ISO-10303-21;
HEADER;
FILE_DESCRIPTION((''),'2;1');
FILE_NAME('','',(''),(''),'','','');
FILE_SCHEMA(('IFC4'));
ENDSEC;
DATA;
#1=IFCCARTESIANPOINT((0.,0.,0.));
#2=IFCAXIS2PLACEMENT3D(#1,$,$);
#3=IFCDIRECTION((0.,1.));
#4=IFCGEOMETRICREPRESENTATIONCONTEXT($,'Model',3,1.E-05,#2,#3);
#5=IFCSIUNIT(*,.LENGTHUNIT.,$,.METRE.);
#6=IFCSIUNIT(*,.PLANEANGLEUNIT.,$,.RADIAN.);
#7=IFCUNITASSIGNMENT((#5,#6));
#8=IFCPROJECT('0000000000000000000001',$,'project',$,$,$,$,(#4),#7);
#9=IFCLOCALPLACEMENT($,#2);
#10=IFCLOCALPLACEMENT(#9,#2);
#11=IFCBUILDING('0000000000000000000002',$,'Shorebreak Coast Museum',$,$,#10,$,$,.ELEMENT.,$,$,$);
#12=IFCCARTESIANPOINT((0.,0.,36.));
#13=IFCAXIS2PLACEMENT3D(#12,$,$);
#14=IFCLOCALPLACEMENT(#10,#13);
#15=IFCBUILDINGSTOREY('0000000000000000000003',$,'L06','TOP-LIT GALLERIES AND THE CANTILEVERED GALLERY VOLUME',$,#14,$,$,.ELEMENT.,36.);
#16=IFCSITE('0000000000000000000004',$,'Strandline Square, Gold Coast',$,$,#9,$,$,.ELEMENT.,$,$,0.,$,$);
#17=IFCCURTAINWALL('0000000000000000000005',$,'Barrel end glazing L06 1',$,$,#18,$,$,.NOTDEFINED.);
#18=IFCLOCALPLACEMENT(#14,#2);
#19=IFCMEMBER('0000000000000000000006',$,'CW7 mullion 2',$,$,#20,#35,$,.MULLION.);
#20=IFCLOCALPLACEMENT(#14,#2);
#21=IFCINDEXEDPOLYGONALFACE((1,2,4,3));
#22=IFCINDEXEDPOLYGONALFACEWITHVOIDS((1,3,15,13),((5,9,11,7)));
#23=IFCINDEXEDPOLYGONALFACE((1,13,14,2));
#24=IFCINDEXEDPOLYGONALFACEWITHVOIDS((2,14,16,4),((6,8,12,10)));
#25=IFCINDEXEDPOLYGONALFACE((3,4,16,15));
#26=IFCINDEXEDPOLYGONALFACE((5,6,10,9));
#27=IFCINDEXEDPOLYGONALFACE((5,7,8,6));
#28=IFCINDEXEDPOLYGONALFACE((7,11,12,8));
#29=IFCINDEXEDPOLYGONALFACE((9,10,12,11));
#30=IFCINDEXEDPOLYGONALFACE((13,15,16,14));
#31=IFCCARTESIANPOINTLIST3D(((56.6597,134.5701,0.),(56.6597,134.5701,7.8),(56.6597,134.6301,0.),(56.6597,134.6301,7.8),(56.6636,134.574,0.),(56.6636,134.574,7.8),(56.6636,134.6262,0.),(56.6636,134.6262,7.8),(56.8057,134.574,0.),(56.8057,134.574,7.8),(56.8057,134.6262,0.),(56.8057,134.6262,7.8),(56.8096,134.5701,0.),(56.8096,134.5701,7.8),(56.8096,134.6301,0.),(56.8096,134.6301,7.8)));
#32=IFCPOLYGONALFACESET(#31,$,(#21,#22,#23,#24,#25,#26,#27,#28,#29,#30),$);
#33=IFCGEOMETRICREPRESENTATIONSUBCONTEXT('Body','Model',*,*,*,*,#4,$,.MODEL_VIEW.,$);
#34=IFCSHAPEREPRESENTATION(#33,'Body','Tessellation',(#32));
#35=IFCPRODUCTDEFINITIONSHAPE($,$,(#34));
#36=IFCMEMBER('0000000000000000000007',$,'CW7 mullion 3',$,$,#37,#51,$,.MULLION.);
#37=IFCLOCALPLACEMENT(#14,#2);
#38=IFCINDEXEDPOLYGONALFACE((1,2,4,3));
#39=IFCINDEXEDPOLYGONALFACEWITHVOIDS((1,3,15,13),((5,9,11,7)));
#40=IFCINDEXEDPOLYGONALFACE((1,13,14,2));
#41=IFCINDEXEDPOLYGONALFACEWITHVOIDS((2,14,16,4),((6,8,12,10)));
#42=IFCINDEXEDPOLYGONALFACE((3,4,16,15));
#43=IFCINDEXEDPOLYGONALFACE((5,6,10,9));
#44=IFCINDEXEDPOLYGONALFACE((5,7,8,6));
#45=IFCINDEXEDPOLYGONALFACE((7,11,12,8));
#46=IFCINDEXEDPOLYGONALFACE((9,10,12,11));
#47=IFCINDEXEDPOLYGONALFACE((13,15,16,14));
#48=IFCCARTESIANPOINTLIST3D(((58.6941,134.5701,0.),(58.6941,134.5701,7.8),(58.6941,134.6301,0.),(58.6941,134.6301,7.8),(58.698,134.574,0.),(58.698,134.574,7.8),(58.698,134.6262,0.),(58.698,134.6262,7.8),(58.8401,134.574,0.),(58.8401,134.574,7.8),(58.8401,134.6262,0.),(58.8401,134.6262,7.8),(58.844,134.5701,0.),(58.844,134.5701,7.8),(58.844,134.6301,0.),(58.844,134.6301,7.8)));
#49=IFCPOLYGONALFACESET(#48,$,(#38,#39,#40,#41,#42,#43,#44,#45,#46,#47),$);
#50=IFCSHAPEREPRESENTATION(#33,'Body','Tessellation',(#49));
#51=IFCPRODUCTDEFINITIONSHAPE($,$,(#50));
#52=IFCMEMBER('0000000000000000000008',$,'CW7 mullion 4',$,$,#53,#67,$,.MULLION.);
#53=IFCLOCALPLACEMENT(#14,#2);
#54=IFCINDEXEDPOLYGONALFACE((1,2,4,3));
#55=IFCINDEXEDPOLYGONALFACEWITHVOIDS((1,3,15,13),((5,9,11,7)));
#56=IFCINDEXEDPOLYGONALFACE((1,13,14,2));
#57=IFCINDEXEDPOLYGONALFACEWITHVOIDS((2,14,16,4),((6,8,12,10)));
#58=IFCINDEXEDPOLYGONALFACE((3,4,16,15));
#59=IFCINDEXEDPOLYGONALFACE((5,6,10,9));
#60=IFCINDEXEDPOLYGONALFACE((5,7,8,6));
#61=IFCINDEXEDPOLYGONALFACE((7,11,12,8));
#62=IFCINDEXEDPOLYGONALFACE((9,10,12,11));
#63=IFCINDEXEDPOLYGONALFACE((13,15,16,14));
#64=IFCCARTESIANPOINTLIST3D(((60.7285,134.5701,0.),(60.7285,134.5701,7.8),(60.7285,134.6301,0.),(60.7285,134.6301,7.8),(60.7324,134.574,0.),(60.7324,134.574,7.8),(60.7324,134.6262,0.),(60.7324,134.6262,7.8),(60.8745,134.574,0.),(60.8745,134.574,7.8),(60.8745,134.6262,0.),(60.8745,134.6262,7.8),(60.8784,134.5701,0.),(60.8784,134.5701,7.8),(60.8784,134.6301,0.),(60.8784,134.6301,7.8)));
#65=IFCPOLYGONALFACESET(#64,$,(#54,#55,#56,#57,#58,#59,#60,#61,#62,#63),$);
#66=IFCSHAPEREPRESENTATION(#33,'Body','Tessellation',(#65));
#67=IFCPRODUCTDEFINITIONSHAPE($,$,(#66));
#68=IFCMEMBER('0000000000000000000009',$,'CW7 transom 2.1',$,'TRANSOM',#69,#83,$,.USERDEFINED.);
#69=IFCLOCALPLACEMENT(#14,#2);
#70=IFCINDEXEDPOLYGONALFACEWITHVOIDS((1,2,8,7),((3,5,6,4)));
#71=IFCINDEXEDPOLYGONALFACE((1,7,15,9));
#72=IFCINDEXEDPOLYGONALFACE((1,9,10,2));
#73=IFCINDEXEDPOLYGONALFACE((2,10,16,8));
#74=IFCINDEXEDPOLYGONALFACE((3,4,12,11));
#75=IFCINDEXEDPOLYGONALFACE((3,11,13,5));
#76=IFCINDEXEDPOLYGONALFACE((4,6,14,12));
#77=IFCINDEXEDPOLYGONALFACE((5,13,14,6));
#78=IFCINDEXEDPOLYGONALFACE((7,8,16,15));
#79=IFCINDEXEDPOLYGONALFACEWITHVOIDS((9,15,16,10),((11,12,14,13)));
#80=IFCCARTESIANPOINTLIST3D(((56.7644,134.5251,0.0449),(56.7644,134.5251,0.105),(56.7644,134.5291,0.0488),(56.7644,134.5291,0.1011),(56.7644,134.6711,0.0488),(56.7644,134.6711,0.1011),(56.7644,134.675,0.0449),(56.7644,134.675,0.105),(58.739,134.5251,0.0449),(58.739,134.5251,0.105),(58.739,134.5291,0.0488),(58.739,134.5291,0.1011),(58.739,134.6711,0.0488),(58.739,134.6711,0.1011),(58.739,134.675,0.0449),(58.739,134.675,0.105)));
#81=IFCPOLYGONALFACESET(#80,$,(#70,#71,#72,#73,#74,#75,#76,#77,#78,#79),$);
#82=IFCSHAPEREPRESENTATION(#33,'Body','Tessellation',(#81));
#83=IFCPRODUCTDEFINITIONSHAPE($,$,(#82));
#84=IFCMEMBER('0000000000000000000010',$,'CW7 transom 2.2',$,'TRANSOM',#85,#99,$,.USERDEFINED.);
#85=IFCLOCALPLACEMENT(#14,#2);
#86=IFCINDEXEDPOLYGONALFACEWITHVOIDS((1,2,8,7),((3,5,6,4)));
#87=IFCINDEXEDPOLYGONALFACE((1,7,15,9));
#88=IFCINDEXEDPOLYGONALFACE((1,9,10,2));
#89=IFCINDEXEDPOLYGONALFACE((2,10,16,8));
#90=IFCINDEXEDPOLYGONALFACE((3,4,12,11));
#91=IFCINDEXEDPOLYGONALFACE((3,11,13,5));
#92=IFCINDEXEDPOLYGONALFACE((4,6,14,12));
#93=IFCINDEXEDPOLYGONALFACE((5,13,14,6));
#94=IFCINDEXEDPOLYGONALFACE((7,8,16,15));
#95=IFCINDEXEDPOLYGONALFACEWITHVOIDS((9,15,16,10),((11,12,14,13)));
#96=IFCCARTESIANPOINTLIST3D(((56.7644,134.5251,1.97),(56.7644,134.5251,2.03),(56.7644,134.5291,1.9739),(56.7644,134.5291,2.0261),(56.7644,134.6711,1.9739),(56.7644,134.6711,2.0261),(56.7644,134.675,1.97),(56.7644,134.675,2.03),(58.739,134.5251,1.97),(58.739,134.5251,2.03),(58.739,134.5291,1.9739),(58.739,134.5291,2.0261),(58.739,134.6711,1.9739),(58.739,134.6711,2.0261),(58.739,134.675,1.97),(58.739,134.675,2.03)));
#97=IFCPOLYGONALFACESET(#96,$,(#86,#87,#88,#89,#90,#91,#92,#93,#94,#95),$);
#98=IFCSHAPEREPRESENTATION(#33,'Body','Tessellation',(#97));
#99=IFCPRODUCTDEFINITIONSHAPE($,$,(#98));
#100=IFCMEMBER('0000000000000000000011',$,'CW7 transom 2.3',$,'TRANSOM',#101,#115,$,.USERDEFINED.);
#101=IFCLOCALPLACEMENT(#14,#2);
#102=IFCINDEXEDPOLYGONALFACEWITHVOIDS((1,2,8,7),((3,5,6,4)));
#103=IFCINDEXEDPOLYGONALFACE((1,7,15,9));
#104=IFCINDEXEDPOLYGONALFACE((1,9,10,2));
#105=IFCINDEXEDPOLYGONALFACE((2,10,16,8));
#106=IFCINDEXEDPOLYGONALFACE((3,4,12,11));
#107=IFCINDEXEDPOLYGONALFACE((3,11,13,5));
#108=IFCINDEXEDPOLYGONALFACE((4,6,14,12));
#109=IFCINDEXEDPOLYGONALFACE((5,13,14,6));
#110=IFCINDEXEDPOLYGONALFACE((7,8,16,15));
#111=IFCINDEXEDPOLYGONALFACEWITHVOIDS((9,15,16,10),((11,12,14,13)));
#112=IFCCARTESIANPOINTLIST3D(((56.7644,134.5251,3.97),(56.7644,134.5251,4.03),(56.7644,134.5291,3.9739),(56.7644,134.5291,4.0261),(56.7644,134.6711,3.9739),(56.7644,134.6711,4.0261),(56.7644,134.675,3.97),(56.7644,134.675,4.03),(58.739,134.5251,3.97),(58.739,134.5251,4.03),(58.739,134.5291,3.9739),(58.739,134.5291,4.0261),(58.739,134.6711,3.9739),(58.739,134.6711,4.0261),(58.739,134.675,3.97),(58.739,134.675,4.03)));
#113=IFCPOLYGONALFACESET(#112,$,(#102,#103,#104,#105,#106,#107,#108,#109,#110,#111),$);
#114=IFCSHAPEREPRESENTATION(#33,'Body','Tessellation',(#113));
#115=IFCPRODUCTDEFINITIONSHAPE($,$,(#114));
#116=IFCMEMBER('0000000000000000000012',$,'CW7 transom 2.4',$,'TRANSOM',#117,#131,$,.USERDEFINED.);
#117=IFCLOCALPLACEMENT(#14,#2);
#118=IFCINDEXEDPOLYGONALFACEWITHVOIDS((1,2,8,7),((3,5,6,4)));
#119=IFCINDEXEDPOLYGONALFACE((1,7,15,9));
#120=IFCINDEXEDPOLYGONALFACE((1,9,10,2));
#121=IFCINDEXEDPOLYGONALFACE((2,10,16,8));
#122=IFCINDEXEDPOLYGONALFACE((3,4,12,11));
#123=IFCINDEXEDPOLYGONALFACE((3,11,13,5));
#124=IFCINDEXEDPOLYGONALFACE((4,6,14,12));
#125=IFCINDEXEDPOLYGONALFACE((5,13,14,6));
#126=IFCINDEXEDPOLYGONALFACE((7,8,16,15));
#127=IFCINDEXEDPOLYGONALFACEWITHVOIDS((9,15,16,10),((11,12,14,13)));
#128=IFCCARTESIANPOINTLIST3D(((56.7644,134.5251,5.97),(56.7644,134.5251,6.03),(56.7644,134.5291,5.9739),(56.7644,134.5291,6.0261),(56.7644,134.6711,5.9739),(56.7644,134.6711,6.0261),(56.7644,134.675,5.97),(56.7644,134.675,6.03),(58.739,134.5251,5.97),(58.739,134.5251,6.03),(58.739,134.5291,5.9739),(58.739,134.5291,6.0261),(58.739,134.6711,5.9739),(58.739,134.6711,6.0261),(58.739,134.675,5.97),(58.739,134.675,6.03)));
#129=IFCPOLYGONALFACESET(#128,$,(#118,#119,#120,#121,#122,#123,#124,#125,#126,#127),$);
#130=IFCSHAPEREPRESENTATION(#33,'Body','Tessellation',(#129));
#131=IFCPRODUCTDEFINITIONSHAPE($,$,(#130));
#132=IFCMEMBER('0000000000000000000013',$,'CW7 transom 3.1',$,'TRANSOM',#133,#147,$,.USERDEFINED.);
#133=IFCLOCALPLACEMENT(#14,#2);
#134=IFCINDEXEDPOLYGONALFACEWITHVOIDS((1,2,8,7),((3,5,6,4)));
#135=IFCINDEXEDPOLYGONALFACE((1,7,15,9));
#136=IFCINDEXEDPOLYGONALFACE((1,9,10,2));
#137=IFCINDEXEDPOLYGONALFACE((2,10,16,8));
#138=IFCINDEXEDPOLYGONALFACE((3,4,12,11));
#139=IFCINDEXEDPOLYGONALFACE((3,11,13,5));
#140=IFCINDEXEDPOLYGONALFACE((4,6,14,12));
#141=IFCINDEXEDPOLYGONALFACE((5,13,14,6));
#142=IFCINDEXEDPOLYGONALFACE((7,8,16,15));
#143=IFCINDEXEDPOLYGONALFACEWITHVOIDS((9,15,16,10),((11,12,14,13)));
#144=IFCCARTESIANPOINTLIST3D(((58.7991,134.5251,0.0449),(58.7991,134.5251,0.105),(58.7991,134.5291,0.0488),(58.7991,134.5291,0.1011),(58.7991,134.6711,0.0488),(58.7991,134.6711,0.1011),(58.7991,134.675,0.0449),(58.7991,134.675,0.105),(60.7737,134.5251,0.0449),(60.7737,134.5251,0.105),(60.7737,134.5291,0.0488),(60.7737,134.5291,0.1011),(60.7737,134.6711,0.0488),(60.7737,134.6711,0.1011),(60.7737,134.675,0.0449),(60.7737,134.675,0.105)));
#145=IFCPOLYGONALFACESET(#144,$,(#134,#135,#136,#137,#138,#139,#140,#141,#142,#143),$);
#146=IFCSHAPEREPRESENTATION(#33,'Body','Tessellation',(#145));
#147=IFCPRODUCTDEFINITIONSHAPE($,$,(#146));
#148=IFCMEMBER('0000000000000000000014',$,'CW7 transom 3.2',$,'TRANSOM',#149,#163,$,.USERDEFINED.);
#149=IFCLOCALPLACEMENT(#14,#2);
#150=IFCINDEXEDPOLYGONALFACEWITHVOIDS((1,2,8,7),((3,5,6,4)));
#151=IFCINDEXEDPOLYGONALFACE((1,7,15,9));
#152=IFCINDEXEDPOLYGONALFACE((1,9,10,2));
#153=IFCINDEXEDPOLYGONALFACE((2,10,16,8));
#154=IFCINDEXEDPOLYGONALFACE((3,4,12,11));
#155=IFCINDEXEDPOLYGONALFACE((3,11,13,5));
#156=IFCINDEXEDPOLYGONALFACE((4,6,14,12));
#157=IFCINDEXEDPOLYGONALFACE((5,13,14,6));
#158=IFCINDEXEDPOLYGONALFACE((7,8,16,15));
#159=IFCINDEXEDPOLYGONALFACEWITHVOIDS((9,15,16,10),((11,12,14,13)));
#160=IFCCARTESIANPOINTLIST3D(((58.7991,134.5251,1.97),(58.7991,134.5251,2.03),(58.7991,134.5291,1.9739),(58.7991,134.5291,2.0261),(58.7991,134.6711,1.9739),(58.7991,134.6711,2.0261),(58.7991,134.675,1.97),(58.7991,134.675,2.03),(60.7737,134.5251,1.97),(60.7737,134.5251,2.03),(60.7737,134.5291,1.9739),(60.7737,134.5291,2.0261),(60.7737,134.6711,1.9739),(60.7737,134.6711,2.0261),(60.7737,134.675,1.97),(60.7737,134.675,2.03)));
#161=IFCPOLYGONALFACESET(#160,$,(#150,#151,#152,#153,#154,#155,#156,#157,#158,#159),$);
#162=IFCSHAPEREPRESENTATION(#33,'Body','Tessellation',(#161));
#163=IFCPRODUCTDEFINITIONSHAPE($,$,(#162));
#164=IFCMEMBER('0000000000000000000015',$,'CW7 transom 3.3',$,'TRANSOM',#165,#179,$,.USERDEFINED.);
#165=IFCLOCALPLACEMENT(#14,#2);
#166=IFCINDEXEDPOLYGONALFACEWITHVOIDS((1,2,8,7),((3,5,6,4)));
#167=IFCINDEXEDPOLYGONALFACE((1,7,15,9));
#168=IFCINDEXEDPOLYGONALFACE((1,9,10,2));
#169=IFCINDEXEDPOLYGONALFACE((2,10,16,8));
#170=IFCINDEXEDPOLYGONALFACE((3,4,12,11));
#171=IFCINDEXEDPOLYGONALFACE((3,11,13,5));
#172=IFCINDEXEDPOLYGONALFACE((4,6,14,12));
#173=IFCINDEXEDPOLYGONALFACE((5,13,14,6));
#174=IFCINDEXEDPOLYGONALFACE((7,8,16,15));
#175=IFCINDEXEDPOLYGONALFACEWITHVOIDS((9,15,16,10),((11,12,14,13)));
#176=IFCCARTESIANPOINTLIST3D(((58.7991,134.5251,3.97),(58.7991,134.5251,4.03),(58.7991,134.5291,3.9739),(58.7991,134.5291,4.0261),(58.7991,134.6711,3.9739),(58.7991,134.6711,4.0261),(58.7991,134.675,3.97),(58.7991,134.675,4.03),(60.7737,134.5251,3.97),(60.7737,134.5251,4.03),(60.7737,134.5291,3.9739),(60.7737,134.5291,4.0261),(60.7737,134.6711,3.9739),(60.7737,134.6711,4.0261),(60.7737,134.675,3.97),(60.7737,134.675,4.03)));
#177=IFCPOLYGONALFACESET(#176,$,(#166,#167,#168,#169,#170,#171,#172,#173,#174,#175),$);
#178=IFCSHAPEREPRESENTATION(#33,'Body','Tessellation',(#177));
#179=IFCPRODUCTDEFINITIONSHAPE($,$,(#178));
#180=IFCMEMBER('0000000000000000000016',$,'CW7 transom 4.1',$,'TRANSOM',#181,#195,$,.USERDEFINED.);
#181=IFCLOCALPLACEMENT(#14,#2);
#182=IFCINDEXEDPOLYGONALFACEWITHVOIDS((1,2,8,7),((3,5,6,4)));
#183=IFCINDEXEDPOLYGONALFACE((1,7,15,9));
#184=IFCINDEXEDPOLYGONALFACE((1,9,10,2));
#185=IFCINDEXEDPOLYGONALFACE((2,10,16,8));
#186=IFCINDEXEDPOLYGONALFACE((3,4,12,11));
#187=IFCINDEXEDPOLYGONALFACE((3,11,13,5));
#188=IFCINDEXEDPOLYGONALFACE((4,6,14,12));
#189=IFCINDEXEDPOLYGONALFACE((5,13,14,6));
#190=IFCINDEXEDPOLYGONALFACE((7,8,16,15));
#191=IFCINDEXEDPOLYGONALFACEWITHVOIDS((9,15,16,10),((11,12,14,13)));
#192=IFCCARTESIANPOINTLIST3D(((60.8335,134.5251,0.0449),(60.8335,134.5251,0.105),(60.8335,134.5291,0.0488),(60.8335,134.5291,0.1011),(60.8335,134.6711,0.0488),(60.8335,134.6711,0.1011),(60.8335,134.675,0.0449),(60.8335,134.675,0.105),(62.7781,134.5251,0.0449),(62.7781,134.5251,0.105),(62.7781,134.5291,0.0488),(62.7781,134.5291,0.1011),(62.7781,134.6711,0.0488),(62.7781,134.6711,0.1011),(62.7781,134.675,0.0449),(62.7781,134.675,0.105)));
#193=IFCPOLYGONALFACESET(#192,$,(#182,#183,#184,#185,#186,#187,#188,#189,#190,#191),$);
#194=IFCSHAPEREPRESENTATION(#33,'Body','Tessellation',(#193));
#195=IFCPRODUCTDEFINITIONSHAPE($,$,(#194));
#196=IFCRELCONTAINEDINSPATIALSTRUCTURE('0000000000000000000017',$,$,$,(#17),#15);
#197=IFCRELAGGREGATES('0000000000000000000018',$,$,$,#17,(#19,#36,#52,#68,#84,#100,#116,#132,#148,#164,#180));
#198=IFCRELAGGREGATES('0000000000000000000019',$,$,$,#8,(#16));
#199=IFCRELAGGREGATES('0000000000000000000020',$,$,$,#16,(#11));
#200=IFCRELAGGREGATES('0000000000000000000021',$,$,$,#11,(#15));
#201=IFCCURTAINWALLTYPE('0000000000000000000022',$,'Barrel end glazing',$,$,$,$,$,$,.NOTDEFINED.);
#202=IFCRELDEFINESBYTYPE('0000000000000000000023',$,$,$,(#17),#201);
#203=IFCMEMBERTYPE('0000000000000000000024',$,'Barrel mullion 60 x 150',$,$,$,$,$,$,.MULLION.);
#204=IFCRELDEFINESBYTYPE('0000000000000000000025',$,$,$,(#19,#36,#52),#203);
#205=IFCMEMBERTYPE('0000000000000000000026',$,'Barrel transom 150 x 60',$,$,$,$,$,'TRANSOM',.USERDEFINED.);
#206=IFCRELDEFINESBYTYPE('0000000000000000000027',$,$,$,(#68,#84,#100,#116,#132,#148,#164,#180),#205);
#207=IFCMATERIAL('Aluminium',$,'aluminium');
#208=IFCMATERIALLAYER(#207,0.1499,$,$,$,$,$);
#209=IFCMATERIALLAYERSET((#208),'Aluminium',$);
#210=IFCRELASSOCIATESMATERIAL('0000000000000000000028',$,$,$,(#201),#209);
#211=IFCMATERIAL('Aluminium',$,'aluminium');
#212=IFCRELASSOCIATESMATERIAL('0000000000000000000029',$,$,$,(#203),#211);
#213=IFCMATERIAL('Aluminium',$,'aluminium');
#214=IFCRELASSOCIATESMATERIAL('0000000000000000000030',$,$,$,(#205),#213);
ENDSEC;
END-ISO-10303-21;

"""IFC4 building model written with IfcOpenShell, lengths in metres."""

from ifc_helpers import new_model, si_unit, direction, frame, origin, origin_2d, place, context, subcontext, project, spatial, hollow_rectangle, extrude, material, layer, layer_set, material_profile, profile_set, type_object, element, aggregate, save


model = new_model("IFC4")

# Units and contexts
model_context = context("Model", 3, precision=1e-05, world=origin(), true_north=direction((0.0, 1.0)))
body_context = subcontext(model_context, "Body", "Model", "MODEL_VIEW")
ifc_project = project(units=[si_unit("LENGTHUNIT", "METRE"), si_unit("PLANEANGLEUNIT", "RADIAN")], contexts=[model_context])

# Site, building, storey
site_placement = place(None, origin())
site = spatial("IfcSite", under=ifc_project, at=site_placement, Name="Strandline Square, Gold Coast", CompositionType="ELEMENT", RefElevation=0.0)
building_placement = place(site_placement, origin())
building = spatial("IfcBuilding", under=site, at=building_placement, Name="Shorebreak Coast Museum", CompositionType="ELEMENT")
storey_placement = place(building_placement, frame((0.0, 0.0, 36.0)))
storey = spatial("IfcBuildingStorey", under=building, at=storey_placement, Name="L06", Description="TOP-LIT GALLERIES AND THE CANTILEVERED GALLERY VOLUME", CompositionType="ELEMENT", Elevation=36.0)

# Curtain wall, members
ifc_material_1 = material(Name="Aluminium", Category="aluminium")
ifc_layer_1 = layer(ifc_material_1, 0.1499)
ifc_layer_set_1 = layer_set([ifc_layer_1], Name="Aluminium")
curtain_wall_type = type_object("IfcCurtainWallType", Name="Barrel end glazing", PredefinedType="NOTDEFINED", material=ifc_layer_set_1)
curtain_wall_placement = place(storey_placement, origin())
curtain_wall = element("IfcCurtainWall", 1, at=curtain_wall_placement, inside=storey, type_object=curtain_wall_type, Name="Barrel end glazing L06 1", PredefinedType="NOTDEFINED")
ifc_material_2 = material(Name="Aluminium", Category="aluminium")
ifc_material_profile_1 = material_profile(ifc_material_2, hollow_rectangle(XDim=0.0601, YDim=0.1499, WallThickness=0.0039, at=origin_2d()), Name="AL 150x60 RHS")
ifc_profile_set_1 = profile_set([ifc_material_profile_1], Name="Aluminium")
member_type_1 = type_object("IfcMemberType", Name="Barrel mullion 60 x 150", PredefinedType="MULLION", material=ifc_profile_set_1)
member_1_placement = place(storey_placement, frame((56.7346, 134.6001, 0.0), z_axis=(0.0, 0.0, 1.0), x_axis=(0.0, 1.0, 0.0)))
member_1 = element("IfcMember", 2, at=member_1_placement, type_object=member_type_1, Name="CW7 mullion 2", PredefinedType="MULLION", context=body_context, shape_type="SweptSolid", body=[
    extrude(hollow_rectangle(XDim=0.0601, YDim=0.1499, WallThickness=0.0039, at=origin_2d()), origin(), (0.0, 0.0, 1.0), 7.8),
])
member_2_placement = place(storey_placement, frame((58.769, 134.6001, 0.0), z_axis=(0.0, 0.0, 1.0), x_axis=(0.0, 1.0, 0.0)))
member_2 = element("IfcMember", 3, at=member_2_placement, type_object=member_type_1, Name="CW7 mullion 3", PredefinedType="MULLION", context=body_context, shape_type="SweptSolid", body=[
    extrude(hollow_rectangle(XDim=0.0601, YDim=0.1499, WallThickness=0.0039, at=origin_2d()), origin(), (0.0, 0.0, 1.0), 7.8),
])
member_3_placement = place(storey_placement, frame((60.8035, 134.6001, 0.0), z_axis=(0.0, 0.0, 1.0), x_axis=(0.0, 1.0, 0.0)))
member_3 = element("IfcMember", 4, at=member_3_placement, type_object=member_type_1, Name="CW7 mullion 4", PredefinedType="MULLION", context=body_context, shape_type="SweptSolid", body=[
    extrude(hollow_rectangle(XDim=0.0601, YDim=0.1499, WallThickness=0.0039, at=origin_2d()), origin(), (0.0, 0.0, 1.0), 7.8),
])
ifc_material_3 = material(Name="Aluminium", Category="aluminium")
ifc_material_profile_2 = material_profile(ifc_material_3, hollow_rectangle(XDim=0.1499, YDim=0.0601, WallThickness=0.0039, at=origin_2d()), Name="AL 60x150 RHS")
ifc_profile_set_2 = profile_set([ifc_material_profile_2], Name="Aluminium")
member_type_2 = type_object("IfcMemberType", Name="Barrel transom 150 x 60", ElementType="TRANSOM", PredefinedType="USERDEFINED", material=ifc_profile_set_2)
member_4_placement = place(storey_placement, frame((56.7644, 134.6001, 0.075), z_axis=(1.0, 0.0, 0.0), x_axis=(0.0, 1.0, 0.0)))
member_4 = element("IfcMember", 5, at=member_4_placement, type_object=member_type_2, Name="CW7 transom 2.1", ObjectType="TRANSOM", PredefinedType="USERDEFINED", context=body_context, shape_type="SweptSolid", body=[
    extrude(hollow_rectangle(XDim=0.1499, YDim=0.0601, WallThickness=0.0039, at=origin_2d()), origin(), (0.0, 0.0, 1.0), 1.9746),
])
member_5_placement = place(storey_placement, frame((56.7644, 134.6001, 2.0), z_axis=(1.0, 0.0, 0.0), x_axis=(0.0, 1.0, 0.0)))
member_5 = element("IfcMember", 6, at=member_5_placement, type_object=member_type_2, Name="CW7 transom 2.2", ObjectType="TRANSOM", PredefinedType="USERDEFINED", context=body_context, shape_type="SweptSolid", body=[
    extrude(hollow_rectangle(XDim=0.1499, YDim=0.0601, WallThickness=0.0039, at=origin_2d()), origin(), (0.0, 0.0, 1.0), 1.9746),
])
member_6_placement = place(storey_placement, frame((56.7644, 134.6001, 4.0), z_axis=(1.0, 0.0, 0.0), x_axis=(0.0, 1.0, 0.0)))
member_6 = element("IfcMember", 7, at=member_6_placement, type_object=member_type_2, Name="CW7 transom 2.3", ObjectType="TRANSOM", PredefinedType="USERDEFINED", context=body_context, shape_type="SweptSolid", body=[
    extrude(hollow_rectangle(XDim=0.1499, YDim=0.0601, WallThickness=0.0039, at=origin_2d()), origin(), (0.0, 0.0, 1.0), 1.9746),
])
member_7_placement = place(storey_placement, frame((56.7644, 134.6001, 6.0), z_axis=(1.0, 0.0, 0.0), x_axis=(0.0, 1.0, 0.0)))
member_7 = element("IfcMember", 8, at=member_7_placement, type_object=member_type_2, Name="CW7 transom 2.4", ObjectType="TRANSOM", PredefinedType="USERDEFINED", context=body_context, shape_type="SweptSolid", body=[
    extrude(hollow_rectangle(XDim=0.1499, YDim=0.0601, WallThickness=0.0039, at=origin_2d()), origin(), (0.0, 0.0, 1.0), 1.9746),
])
member_8_placement = place(storey_placement, frame((58.7991, 134.6001, 0.075), z_axis=(1.0, 0.0, 0.0), x_axis=(0.0, 1.0, 0.0)))
member_8 = element("IfcMember", 9, at=member_8_placement, type_object=member_type_2, Name="CW7 transom 3.1", ObjectType="TRANSOM", PredefinedType="USERDEFINED", context=body_context, shape_type="SweptSolid", body=[
    extrude(hollow_rectangle(XDim=0.1499, YDim=0.0601, WallThickness=0.0039, at=origin_2d()), origin(), (0.0, 0.0, 1.0), 1.9746),
])
member_9_placement = place(storey_placement, frame((58.7991, 134.6001, 2.0), z_axis=(1.0, 0.0, 0.0), x_axis=(0.0, 1.0, 0.0)))
member_9 = element("IfcMember", 10, at=member_9_placement, type_object=member_type_2, Name="CW7 transom 3.2", ObjectType="TRANSOM", PredefinedType="USERDEFINED", context=body_context, shape_type="SweptSolid", body=[
    extrude(hollow_rectangle(XDim=0.1499, YDim=0.0601, WallThickness=0.0039, at=origin_2d()), origin(), (0.0, 0.0, 1.0), 1.9746),
])
member_10_placement = place(storey_placement, frame((58.7991, 134.6001, 4.0), z_axis=(1.0, 0.0, 0.0), x_axis=(0.0, 1.0, 0.0)))
member_10 = element("IfcMember", 11, at=member_10_placement, type_object=member_type_2, Name="CW7 transom 3.3", ObjectType="TRANSOM", PredefinedType="USERDEFINED", context=body_context, shape_type="SweptSolid", body=[
    extrude(hollow_rectangle(XDim=0.1499, YDim=0.0601, WallThickness=0.0039, at=origin_2d()), origin(), (0.0, 0.0, 1.0), 1.9746),
])
member_11_placement = place(storey_placement, frame((60.8335, 134.6001, 0.075), z_axis=(1.0, 0.0, 0.0), x_axis=(0.0, 1.0, 0.0)))
member_11 = element("IfcMember", 12, at=member_11_placement, type_object=member_type_2, Name="CW7 transom 4.1", ObjectType="TRANSOM", PredefinedType="USERDEFINED", context=body_context, shape_type="SweptSolid", body=[
    extrude(hollow_rectangle(XDim=0.1499, YDim=0.0601, WallThickness=0.0039, at=origin_2d()), origin(), (0.0, 0.0, 1.0), 1.9446),
])

aggregate(curtain_wall, [member_1, member_2, member_3, member_4, member_5, member_6, member_7, member_8, member_9, member_10, member_11])

save(model, "model.ifc")
